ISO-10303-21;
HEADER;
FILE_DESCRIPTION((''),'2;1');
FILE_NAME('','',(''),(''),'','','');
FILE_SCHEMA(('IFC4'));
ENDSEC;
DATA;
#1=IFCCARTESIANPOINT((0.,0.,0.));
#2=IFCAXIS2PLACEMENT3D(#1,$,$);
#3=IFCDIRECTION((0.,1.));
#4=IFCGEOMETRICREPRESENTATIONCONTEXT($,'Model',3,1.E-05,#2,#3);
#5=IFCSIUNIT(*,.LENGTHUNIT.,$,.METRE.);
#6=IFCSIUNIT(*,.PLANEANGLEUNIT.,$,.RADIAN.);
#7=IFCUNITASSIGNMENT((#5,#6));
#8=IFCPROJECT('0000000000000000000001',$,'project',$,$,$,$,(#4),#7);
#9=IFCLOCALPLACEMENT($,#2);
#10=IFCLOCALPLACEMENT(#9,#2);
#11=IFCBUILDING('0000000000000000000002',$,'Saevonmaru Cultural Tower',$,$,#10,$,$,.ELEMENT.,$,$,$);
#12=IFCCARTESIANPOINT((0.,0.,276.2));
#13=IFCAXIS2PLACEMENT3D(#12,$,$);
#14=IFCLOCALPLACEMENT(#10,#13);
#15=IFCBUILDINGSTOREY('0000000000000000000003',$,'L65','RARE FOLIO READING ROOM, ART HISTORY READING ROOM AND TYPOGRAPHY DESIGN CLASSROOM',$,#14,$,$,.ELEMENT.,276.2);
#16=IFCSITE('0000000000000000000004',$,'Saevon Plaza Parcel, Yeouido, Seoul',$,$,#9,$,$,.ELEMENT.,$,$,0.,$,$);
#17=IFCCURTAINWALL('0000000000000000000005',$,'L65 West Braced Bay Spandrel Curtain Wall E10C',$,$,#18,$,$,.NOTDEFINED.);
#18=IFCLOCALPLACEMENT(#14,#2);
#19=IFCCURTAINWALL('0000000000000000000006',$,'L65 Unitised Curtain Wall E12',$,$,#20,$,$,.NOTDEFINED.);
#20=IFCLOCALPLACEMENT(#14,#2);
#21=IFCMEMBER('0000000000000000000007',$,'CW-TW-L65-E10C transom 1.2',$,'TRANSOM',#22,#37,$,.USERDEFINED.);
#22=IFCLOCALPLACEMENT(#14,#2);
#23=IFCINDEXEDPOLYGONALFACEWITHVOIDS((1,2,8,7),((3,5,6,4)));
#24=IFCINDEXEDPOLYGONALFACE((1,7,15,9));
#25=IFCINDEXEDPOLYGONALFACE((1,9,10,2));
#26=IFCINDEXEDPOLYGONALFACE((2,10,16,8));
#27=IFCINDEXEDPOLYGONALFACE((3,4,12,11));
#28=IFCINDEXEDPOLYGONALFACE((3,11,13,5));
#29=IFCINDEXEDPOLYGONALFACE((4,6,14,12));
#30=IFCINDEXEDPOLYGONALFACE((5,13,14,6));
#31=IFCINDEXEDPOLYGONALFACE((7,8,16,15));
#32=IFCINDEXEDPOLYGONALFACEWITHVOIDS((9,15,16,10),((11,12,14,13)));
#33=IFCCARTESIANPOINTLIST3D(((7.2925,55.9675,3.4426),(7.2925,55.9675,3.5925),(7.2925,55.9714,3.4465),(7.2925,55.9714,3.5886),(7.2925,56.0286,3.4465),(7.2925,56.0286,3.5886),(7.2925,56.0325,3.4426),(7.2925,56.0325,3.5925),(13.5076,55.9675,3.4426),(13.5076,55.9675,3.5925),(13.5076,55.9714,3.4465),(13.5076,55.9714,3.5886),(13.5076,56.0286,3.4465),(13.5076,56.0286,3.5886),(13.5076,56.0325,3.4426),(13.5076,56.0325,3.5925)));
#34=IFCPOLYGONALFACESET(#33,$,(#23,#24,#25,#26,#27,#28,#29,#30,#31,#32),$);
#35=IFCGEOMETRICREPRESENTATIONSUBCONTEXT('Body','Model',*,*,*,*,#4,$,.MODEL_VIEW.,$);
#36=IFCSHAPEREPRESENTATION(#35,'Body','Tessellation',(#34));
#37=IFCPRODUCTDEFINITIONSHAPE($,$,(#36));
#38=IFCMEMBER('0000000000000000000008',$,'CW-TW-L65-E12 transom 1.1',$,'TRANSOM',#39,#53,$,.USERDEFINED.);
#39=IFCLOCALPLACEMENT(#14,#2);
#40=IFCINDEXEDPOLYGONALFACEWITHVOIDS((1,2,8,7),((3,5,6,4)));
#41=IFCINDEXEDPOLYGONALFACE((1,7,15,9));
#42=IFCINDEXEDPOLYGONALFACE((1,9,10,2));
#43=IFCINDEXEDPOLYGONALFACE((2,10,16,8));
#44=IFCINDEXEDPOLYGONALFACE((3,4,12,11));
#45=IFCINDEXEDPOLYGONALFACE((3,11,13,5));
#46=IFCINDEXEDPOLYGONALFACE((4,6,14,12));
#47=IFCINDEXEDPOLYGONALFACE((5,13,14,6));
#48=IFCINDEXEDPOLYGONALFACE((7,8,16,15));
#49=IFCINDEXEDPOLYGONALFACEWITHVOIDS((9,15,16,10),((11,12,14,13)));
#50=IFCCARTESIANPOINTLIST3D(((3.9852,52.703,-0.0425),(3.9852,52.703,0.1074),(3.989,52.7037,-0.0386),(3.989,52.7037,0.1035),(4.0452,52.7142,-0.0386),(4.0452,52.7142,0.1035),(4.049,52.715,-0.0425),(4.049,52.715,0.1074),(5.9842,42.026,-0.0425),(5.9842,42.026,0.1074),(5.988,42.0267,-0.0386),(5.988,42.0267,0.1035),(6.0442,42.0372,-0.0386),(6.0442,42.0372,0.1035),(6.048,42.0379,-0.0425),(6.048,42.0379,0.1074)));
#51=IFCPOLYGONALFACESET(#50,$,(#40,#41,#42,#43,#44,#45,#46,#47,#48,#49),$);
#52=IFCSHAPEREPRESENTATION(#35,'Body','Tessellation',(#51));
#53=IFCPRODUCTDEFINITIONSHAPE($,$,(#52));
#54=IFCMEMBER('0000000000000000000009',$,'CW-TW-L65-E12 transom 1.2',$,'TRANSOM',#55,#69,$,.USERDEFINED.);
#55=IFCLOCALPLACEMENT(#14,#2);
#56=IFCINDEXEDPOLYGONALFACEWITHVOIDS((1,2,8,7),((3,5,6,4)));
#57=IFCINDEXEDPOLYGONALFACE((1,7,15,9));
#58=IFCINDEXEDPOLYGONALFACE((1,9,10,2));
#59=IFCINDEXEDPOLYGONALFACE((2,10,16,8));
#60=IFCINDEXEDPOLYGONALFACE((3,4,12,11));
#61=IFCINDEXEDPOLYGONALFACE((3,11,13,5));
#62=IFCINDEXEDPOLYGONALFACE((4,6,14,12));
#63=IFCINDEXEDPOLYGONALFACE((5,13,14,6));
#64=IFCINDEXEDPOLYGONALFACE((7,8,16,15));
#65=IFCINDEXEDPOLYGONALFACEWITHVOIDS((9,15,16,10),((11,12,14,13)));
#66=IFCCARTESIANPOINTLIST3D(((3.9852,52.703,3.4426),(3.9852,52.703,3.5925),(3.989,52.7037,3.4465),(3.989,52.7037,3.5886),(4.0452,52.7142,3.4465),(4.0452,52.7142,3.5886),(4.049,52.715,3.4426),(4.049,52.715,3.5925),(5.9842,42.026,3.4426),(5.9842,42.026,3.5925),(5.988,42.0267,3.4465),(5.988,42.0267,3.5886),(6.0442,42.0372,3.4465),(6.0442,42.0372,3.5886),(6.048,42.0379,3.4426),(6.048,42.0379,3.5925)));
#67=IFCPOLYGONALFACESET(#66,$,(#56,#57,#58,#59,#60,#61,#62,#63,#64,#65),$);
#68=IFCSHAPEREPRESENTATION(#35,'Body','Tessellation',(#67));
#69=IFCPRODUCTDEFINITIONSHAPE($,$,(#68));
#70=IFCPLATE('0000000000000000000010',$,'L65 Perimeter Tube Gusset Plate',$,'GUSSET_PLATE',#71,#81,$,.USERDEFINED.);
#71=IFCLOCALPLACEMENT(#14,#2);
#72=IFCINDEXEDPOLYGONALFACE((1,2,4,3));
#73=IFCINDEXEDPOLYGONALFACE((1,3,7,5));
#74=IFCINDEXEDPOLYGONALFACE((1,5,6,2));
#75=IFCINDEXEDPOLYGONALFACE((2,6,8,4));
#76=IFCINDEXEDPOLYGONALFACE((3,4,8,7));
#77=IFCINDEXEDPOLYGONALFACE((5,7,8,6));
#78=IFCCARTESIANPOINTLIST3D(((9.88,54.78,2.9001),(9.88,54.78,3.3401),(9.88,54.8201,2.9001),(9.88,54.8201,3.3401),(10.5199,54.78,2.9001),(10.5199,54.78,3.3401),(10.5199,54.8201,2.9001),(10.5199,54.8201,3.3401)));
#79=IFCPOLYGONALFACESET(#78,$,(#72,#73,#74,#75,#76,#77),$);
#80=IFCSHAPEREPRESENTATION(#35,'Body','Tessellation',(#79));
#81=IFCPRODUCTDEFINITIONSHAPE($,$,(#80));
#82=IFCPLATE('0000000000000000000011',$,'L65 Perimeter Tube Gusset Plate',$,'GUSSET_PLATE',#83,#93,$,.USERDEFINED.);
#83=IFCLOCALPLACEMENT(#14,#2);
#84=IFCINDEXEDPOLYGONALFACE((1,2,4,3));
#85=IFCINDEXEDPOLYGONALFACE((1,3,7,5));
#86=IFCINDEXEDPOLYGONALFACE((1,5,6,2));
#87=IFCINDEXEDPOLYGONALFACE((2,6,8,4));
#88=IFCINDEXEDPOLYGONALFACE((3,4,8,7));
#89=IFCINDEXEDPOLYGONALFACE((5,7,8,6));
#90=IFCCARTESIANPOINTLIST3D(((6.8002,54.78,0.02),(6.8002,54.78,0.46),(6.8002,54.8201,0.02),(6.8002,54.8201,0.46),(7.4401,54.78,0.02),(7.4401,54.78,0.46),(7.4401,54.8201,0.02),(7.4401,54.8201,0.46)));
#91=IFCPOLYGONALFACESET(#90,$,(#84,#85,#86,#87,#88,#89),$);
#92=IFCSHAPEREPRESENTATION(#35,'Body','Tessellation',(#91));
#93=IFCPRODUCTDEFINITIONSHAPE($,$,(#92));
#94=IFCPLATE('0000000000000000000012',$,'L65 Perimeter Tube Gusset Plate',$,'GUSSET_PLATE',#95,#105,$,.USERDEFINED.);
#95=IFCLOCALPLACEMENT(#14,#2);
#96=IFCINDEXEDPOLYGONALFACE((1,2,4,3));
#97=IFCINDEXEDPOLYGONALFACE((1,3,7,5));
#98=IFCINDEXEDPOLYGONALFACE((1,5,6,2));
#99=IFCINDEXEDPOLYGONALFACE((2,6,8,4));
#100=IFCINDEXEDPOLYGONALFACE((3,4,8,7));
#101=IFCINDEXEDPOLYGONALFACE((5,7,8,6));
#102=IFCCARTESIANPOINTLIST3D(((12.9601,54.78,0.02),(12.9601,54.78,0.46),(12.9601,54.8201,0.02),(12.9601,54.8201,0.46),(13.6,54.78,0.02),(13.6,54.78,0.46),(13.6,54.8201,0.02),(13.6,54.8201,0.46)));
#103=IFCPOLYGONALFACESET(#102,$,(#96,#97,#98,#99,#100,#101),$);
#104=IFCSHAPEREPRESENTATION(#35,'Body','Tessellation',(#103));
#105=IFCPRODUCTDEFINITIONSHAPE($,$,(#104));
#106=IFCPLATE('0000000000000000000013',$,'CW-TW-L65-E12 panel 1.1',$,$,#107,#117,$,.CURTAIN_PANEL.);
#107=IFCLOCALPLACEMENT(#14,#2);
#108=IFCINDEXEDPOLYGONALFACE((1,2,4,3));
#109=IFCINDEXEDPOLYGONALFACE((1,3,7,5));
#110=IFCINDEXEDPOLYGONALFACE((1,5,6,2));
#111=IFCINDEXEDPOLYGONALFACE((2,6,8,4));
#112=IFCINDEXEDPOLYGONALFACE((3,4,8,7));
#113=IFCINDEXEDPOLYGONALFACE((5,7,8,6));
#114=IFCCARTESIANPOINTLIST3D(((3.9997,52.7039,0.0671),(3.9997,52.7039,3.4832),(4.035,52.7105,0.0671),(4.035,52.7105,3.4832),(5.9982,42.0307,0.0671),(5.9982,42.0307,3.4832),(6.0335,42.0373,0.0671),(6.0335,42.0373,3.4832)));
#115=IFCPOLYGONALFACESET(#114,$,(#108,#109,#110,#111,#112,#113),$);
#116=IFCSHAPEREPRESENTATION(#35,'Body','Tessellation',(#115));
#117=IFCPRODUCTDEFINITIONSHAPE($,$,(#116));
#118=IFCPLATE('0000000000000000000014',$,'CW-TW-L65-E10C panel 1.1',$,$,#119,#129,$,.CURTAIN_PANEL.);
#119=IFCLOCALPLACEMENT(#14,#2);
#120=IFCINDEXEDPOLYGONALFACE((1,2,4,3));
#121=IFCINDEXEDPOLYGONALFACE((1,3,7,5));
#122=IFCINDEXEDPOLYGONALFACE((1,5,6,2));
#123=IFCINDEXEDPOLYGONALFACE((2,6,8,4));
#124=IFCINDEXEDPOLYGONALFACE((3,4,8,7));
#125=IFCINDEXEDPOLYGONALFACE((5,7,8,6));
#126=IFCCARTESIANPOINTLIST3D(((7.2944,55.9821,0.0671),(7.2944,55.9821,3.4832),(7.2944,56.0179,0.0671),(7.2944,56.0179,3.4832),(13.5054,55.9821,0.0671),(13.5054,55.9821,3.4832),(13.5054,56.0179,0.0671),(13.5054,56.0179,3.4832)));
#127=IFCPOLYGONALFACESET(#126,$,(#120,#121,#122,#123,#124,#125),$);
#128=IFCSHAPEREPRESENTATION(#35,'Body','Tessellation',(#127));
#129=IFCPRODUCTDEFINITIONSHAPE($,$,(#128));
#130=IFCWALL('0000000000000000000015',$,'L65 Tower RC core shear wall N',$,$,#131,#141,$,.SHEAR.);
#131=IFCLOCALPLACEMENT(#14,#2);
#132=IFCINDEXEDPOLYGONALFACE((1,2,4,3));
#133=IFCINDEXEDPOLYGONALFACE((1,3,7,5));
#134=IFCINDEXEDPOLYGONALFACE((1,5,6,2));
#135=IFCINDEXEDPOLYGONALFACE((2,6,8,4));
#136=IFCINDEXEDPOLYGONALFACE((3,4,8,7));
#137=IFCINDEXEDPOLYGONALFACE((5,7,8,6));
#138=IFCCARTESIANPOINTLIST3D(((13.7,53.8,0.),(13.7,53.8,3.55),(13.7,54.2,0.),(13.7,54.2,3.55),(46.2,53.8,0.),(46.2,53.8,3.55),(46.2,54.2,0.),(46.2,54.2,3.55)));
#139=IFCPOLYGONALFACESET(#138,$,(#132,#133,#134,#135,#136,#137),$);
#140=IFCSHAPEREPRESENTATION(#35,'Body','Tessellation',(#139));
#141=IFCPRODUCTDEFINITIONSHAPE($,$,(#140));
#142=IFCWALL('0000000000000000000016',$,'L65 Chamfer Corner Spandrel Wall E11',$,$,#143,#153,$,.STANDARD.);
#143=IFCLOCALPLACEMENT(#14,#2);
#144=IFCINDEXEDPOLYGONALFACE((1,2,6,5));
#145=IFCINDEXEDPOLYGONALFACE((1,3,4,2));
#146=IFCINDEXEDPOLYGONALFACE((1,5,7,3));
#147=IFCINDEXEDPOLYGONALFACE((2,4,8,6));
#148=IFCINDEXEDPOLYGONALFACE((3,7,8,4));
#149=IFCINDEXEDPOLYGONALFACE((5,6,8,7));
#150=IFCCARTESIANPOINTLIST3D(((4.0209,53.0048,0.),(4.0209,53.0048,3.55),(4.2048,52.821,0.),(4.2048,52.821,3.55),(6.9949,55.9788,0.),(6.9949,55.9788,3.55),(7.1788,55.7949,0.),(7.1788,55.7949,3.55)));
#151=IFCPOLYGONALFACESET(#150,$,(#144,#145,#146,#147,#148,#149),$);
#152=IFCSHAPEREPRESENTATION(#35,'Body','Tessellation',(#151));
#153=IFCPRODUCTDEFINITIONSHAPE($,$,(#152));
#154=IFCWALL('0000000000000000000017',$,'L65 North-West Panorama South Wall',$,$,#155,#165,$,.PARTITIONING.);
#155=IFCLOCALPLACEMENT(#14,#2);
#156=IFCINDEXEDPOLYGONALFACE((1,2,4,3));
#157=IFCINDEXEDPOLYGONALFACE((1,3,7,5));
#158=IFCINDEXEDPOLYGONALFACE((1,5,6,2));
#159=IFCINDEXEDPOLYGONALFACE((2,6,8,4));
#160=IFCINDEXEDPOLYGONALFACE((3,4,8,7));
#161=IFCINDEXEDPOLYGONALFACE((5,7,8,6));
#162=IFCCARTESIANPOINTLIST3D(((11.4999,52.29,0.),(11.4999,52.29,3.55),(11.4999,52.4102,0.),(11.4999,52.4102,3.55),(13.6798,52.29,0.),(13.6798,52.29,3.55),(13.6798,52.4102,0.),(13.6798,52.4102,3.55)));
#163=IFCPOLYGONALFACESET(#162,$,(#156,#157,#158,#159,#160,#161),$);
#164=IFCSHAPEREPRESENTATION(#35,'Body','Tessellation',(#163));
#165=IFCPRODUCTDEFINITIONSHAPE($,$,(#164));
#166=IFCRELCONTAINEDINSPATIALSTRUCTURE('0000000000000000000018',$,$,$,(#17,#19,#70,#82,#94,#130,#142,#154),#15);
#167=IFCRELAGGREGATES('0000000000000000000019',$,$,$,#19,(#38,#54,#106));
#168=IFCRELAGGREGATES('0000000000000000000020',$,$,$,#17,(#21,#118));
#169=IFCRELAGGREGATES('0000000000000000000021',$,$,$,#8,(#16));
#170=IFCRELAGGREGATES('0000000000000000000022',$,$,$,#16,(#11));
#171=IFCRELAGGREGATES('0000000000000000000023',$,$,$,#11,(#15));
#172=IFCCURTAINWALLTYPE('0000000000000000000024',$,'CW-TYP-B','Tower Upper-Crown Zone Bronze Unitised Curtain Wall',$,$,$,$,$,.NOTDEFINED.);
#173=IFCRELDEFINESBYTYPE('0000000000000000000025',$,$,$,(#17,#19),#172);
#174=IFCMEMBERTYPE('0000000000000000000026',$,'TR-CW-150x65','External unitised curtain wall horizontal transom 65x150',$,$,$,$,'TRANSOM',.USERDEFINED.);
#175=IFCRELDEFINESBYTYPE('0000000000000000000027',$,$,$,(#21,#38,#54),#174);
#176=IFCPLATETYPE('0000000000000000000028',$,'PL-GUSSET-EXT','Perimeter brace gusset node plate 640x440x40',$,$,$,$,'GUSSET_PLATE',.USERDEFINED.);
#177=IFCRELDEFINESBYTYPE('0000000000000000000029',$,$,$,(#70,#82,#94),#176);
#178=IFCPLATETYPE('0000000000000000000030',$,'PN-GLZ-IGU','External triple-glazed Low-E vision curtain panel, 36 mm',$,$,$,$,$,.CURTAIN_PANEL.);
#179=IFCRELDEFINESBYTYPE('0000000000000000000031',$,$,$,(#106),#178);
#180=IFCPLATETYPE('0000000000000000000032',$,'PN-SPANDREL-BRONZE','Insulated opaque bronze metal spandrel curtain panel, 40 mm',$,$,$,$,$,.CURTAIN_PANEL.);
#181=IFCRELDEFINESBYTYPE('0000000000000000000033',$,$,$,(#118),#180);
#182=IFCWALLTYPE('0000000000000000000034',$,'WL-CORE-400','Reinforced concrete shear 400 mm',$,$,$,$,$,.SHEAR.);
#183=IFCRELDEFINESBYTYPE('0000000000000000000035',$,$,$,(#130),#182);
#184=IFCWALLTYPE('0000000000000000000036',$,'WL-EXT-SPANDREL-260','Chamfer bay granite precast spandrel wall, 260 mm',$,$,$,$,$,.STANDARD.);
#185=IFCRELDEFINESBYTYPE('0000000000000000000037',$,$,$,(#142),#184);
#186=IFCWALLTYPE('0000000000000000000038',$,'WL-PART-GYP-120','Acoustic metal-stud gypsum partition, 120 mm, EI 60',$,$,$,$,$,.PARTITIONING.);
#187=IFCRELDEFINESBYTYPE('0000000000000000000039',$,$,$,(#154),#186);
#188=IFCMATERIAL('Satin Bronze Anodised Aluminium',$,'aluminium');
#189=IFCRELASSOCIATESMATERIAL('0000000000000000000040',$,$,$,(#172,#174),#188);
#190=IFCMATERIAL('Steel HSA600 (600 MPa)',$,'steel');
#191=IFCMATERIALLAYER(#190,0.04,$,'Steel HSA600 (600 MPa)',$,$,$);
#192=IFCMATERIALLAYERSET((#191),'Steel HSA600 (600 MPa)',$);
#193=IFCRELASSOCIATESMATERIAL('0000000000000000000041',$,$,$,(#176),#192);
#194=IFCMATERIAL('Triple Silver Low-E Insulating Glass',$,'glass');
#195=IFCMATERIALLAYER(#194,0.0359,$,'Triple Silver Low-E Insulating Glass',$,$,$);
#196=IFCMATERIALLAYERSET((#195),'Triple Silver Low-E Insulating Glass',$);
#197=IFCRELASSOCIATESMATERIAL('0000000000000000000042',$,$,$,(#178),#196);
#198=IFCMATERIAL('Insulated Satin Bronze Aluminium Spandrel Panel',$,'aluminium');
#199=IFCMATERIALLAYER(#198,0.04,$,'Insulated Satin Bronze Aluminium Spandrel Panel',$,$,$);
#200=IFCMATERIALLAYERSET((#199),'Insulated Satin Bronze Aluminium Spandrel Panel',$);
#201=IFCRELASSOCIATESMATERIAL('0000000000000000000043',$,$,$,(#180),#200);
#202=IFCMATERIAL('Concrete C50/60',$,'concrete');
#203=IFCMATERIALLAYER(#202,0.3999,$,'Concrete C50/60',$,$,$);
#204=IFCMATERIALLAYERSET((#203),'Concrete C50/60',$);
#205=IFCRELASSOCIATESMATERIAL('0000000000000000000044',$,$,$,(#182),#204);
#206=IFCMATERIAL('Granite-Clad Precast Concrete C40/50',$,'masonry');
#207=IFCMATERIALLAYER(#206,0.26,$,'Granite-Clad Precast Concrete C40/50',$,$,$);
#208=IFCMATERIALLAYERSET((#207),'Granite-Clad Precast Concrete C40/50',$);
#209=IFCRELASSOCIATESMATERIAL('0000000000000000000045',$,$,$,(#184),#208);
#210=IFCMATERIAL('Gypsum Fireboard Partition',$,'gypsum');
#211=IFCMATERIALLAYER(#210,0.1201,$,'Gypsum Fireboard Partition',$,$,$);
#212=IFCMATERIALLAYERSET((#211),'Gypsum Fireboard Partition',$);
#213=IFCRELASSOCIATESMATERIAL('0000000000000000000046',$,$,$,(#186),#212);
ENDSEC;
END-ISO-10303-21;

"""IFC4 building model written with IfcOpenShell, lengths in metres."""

from ifc_helpers import new_model, si_unit, direction, frame, frame_2d, origin, origin_2d, place, context, subcontext, project, spatial, rectangle, hollow_rectangle, extrude, material, layer, layer_set, material_profile, profile_set, type_object, element, aggregate, save


model = new_model("IFC4")

# Units and contexts
model_context = context("Model", 3, precision=1e-05, world=origin(), true_north=direction((0.0, 1.0)))
body_context = subcontext(model_context, "Body", "Model", "MODEL_VIEW")
ifc_project = project(units=[si_unit("LENGTHUNIT", "METRE"), si_unit("PLANEANGLEUNIT", "RADIAN")], contexts=[model_context])

# Site, building, storey
site_placement = place(None, origin())
site = spatial("IfcSite", under=ifc_project, at=site_placement, Name="Saevon Plaza Parcel, Yeouido, Seoul", CompositionType="ELEMENT", RefElevation=0.0)
building_placement = place(site_placement, origin())
building = spatial("IfcBuilding", under=site, at=building_placement, Name="Saevonmaru Cultural Tower", CompositionType="ELEMENT")
storey_placement = place(building_placement, frame((0.0, 0.0, 276.2)))
storey = spatial("IfcBuildingStorey", under=building, at=storey_placement, Name="L65", Description="RARE FOLIO READING ROOM, ART HISTORY READING ROOM AND TYPOGRAPHY DESIGN CLASSROOM", CompositionType="ELEMENT", Elevation=276.2)

# Shared definitions
ifc_material_1 = material(Name="Satin Bronze Anodised Aluminium", Category="aluminium")
curtain_wall_type = type_object("IfcCurtainWallType", Name="CW-TYP-B", Description="Tower Upper-Crown Zone Bronze Unitised Curtain Wall", PredefinedType="NOTDEFINED", material=ifc_material_1)

# Curtain wall
curtain_wall_1_placement = place(storey_placement, origin())
curtain_wall_1 = element("IfcCurtainWall", 1, at=curtain_wall_1_placement, inside=storey, type_object=curtain_wall_type, Name="L65 West Braced Bay Spandrel Curtain Wall E10C", PredefinedType="NOTDEFINED")

# Curtain wall
curtain_wall_2_placement = place(storey_placement, origin())
curtain_wall_2 = element("IfcCurtainWall", 2, at=curtain_wall_2_placement, inside=storey, type_object=curtain_wall_type, Name="L65 Unitised Curtain Wall E12", PredefinedType="NOTDEFINED")

# Members
ifc_material_profile_1 = material_profile(ifc_material_1, hollow_rectangle(XDim=0.0649, YDim=0.1499, WallThickness=0.0039, at=origin_2d()), Name="ALU-TRAN-150x65x4")
ifc_profile_set_1 = profile_set([ifc_material_profile_1], Name="Satin Bronze Anodised Aluminium")
member_type_1 = type_object("IfcMemberType", Name="TR-CW-150x65", Description="External unitised curtain wall horizontal transom 65x150", ElementType="TRANSOM", PredefinedType="USERDEFINED", material=ifc_profile_set_1)
member_1_placement = place(storey_placement, frame((13.5076, 56.0, 3.5176), z_axis=(-1.0, 0.0, 0.0), x_axis=(0.0, -1.0, 0.0)))
member_1 = element("IfcMember", 3, at=member_1_placement, type_object=member_type_1, Name="CW-TW-L65-E10C transom 1.2", ObjectType="TRANSOM", PredefinedType="USERDEFINED", context=body_context, shape_type="SweptSolid", body=[
    extrude(hollow_rectangle(XDim=0.0649, YDim=0.1499, WallThickness=0.0039, at=origin_2d()), origin(), (0.0, 0.0, 1.0), 6.2151),
])
member_2_placement = place(storey_placement, frame((4.0171, 52.709, 0.0325), z_axis=(0.184029, -0.982921, 0.0), x_axis=(0.982921, 0.184029, 0.0)))
member_2 = element("IfcMember", 4, at=member_2_placement, type_object=member_type_1, Name="CW-TW-L65-E12 transom 1.1", ObjectType="TRANSOM", PredefinedType="USERDEFINED", context=body_context, shape_type="SweptSolid", body=[
    extrude(hollow_rectangle(XDim=0.0649, YDim=0.1499, WallThickness=0.0039, at=origin_2d()), origin(), (0.0, 0.0, 1.0), 10.8625),
])
member_3_placement = place(storey_placement, frame((4.0171, 52.709, 3.5176), z_axis=(0.184029, -0.982921, 0.0), x_axis=(0.982921, 0.184029, 0.0)))
member_3 = element("IfcMember", 5, at=member_3_placement, type_object=member_type_1, Name="CW-TW-L65-E12 transom 1.2", ObjectType="TRANSOM", PredefinedType="USERDEFINED", context=body_context, shape_type="SweptSolid", body=[
    extrude(hollow_rectangle(XDim=0.0649, YDim=0.1499, WallThickness=0.0039, at=origin_2d()), origin(), (0.0, 0.0, 1.0), 10.8625),
])

# Plates
ifc_material_2 = material(Name="Steel HSA600 (600 MPa)", Category="steel")
ifc_layer_1 = layer(ifc_material_2, 0.04, Name="Steel HSA600 (600 MPa)")
ifc_layer_set_1 = layer_set([ifc_layer_1], Name="Steel HSA600 (600 MPa)")
plate_type_1 = type_object("IfcPlateType", Name="PL-GUSSET-EXT", Description="Perimeter brace gusset node plate 640x440x40", ElementType="GUSSET_PLATE", PredefinedType="USERDEFINED", material=ifc_layer_set_1)
for number, where, z_axis, x_axis, name in (
    (6, (10.2, 54.8, 2.9001), (0.0, 0.0, 1.0), (1.0, 0.0, 0.0), "L65 Perimeter Tube Gusset Plate"),
    (7, (7.1201, 54.8, 0.02), (0.0, 0.0, 1.0), (1.0, 0.0, 0.0), "L65 Perimeter Tube Gusset Plate"),
    (8, (13.28, 54.8, 0.02), (0.0, 0.0, 1.0), (1.0, 0.0, 0.0), "L65 Perimeter Tube Gusset Plate"),
):
    element("IfcPlate", number, at=place(storey_placement, frame(where, z_axis=z_axis, x_axis=x_axis)), inside=storey, type_object=plate_type_1, Name=name, ObjectType="GUSSET_PLATE", PredefinedType="USERDEFINED", context=body_context, shape_type="SweptSolid", body=[
        extrude(rectangle(XDim=0.6399, YDim=0.04, at=origin_2d()), origin(), (0.0, 0.0, 1.0), 0.4399),
    ])

# Plates
ifc_material_3 = material(Name="Triple Silver Low-E Insulating Glass", Category="glass")
ifc_layer_2 = layer(ifc_material_3, 0.0359, Name="Triple Silver Low-E Insulating Glass")
ifc_layer_set_2 = layer_set([ifc_layer_2], Name="Triple Silver Low-E Insulating Glass")
plate_type_2 = type_object("IfcPlateType", Name="PN-GLZ-IGU", Description="External triple-glazed Low-E vision curtain panel, 36 mm", PredefinedType="CURTAIN_PANEL", material=ifc_layer_set_2)
plate_1_placement = place(storey_placement, frame((5.0166, 47.3706, 0.0671), z_axis=(0.0, 0.0, 1.0), x_axis=(0.184047, -0.982918, 0.0)))
plate_1 = element("IfcPlate", 9, at=plate_1_placement, type_object=plate_type_2, Name="CW-TW-L65-E12 panel 1.1", PredefinedType="CURTAIN_PANEL", context=body_context, shape_type="SweptSolid", body=[
    extrude(rectangle(XDim=10.8586, YDim=0.0359, at=origin_2d()), origin(), (0.0, 0.0, 1.0), 3.416),
])
aggregate(curtain_wall_2, [member_2, member_3, plate_1])
ifc_material_4 = material(Name="Insulated Satin Bronze Aluminium Spandrel Panel", Category="aluminium")
ifc_layer_3 = layer(ifc_material_4, 0.04, Name="Insulated Satin Bronze Aluminium Spandrel Panel")
ifc_layer_set_3 = layer_set([ifc_layer_3], Name="Insulated Satin Bronze Aluminium Spandrel Panel")
plate_type_3 = type_object("IfcPlateType", Name="PN-SPANDREL-BRONZE", Description="Insulated opaque bronze metal spandrel curtain panel, 40 mm", PredefinedType="CURTAIN_PANEL", material=ifc_layer_set_3)
plate_2_placement = place(storey_placement, frame((10.3999, 56.0, 0.0671), z_axis=(0.0, 0.0, 1.0), x_axis=(-1.0, 0.0, 0.0)))
plate_2 = element("IfcPlate", 10, at=plate_2_placement, type_object=plate_type_3, Name="CW-TW-L65-E10C panel 1.1", PredefinedType="CURTAIN_PANEL", context=body_context, shape_type="SweptSolid", body=[
    extrude(rectangle(XDim=6.2109, YDim=0.0359, at=origin_2d()), origin(), (0.0, 0.0, 1.0), 3.416),
])
aggregate(curtain_wall_1, [member_1, plate_2])

# Walls
ifc_material_5 = material(Name="Concrete C50/60", Category="concrete")
ifc_layer_4 = layer(ifc_material_5, 0.3999, Name="Concrete C50/60")
ifc_layer_set_4 = layer_set([ifc_layer_4], Name="Concrete C50/60")
wall_type_1 = type_object("IfcWallType", Name="WL-CORE-400", Description="Reinforced concrete shear 400 mm", PredefinedType="SHEAR", material=ifc_layer_set_4)
wall_1_placement = place(storey_placement, frame((13.7, 54.0, 0.0), z_axis=(0.0, 0.0, 1.0), x_axis=(1.0, 0.0, 0.0)))
element("IfcWall", 11, at=wall_1_placement, inside=storey, type_object=wall_type_1, Name="L65 Tower RC core shear wall N", PredefinedType="SHEAR", context=body_context, shape_type="SweptSolid", body=[
    extrude(rectangle(XDim=32.5, YDim=0.3999, at=frame_2d((16.25, 0.0))), origin(), (0.0, 0.0, 1.0), 3.55),
])
ifc_material_6 = material(Name="Granite-Clad Precast Concrete C40/50", Category="masonry")
ifc_layer_5 = layer(ifc_material_6, 0.26, Name="Granite-Clad Precast Concrete C40/50")
ifc_layer_set_5 = layer_set([ifc_layer_5], Name="Granite-Clad Precast Concrete C40/50")
wall_type_2 = type_object("IfcWallType", Name="WL-EXT-SPANDREL-260", Description="Chamfer bay granite precast spandrel wall, 260 mm", PredefinedType="STANDARD", material=ifc_layer_set_5)
wall_2_placement = place(storey_placement, frame((7.0869, 55.887, 0.0), z_axis=(0.0, 0.0, 1.0), x_axis=(-0.707107, -0.707107, 0.0)))
element("IfcWall", 12, at=wall_2_placement, inside=storey, type_object=wall_type_2, Name="L65 Chamfer Corner Spandrel Wall E11", PredefinedType="STANDARD", context=body_context, shape_type="SweptSolid", body=[
    extrude(rectangle(XDim=4.2058, YDim=0.26, at=frame_2d((2.103, 0.0))), origin(), (0.0, 0.0, 1.0), 3.55),
])
ifc_material_7 = material(Name="Gypsum Fireboard Partition", Category="gypsum")
ifc_layer_6 = layer(ifc_material_7, 0.1201, Name="Gypsum Fireboard Partition")
ifc_layer_set_6 = layer_set([ifc_layer_6], Name="Gypsum Fireboard Partition")
wall_type_3 = type_object("IfcWallType", Name="WL-PART-GYP-120", Description="Acoustic metal-stud gypsum partition, 120 mm, EI 60", PredefinedType="PARTITIONING", material=ifc_layer_set_6)
wall_3_placement = place(storey_placement, frame((11.5, 52.3501, 0.0), z_axis=(0.0, 0.0, 1.0), x_axis=(1.0, 0.0, 0.0)))
element("IfcWall", 13, at=wall_3_placement, inside=storey, type_object=wall_type_3, Name="L65 North-West Panorama South Wall", PredefinedType="PARTITIONING", context=body_context, shape_type="SweptSolid", body=[
    extrude(rectangle(XDim=2.1799, YDim=0.1201, at=frame_2d((1.0898, 0.0))), origin(), (0.0, 0.0, 1.0), 3.55),
])

save(model, "model.ifc")
